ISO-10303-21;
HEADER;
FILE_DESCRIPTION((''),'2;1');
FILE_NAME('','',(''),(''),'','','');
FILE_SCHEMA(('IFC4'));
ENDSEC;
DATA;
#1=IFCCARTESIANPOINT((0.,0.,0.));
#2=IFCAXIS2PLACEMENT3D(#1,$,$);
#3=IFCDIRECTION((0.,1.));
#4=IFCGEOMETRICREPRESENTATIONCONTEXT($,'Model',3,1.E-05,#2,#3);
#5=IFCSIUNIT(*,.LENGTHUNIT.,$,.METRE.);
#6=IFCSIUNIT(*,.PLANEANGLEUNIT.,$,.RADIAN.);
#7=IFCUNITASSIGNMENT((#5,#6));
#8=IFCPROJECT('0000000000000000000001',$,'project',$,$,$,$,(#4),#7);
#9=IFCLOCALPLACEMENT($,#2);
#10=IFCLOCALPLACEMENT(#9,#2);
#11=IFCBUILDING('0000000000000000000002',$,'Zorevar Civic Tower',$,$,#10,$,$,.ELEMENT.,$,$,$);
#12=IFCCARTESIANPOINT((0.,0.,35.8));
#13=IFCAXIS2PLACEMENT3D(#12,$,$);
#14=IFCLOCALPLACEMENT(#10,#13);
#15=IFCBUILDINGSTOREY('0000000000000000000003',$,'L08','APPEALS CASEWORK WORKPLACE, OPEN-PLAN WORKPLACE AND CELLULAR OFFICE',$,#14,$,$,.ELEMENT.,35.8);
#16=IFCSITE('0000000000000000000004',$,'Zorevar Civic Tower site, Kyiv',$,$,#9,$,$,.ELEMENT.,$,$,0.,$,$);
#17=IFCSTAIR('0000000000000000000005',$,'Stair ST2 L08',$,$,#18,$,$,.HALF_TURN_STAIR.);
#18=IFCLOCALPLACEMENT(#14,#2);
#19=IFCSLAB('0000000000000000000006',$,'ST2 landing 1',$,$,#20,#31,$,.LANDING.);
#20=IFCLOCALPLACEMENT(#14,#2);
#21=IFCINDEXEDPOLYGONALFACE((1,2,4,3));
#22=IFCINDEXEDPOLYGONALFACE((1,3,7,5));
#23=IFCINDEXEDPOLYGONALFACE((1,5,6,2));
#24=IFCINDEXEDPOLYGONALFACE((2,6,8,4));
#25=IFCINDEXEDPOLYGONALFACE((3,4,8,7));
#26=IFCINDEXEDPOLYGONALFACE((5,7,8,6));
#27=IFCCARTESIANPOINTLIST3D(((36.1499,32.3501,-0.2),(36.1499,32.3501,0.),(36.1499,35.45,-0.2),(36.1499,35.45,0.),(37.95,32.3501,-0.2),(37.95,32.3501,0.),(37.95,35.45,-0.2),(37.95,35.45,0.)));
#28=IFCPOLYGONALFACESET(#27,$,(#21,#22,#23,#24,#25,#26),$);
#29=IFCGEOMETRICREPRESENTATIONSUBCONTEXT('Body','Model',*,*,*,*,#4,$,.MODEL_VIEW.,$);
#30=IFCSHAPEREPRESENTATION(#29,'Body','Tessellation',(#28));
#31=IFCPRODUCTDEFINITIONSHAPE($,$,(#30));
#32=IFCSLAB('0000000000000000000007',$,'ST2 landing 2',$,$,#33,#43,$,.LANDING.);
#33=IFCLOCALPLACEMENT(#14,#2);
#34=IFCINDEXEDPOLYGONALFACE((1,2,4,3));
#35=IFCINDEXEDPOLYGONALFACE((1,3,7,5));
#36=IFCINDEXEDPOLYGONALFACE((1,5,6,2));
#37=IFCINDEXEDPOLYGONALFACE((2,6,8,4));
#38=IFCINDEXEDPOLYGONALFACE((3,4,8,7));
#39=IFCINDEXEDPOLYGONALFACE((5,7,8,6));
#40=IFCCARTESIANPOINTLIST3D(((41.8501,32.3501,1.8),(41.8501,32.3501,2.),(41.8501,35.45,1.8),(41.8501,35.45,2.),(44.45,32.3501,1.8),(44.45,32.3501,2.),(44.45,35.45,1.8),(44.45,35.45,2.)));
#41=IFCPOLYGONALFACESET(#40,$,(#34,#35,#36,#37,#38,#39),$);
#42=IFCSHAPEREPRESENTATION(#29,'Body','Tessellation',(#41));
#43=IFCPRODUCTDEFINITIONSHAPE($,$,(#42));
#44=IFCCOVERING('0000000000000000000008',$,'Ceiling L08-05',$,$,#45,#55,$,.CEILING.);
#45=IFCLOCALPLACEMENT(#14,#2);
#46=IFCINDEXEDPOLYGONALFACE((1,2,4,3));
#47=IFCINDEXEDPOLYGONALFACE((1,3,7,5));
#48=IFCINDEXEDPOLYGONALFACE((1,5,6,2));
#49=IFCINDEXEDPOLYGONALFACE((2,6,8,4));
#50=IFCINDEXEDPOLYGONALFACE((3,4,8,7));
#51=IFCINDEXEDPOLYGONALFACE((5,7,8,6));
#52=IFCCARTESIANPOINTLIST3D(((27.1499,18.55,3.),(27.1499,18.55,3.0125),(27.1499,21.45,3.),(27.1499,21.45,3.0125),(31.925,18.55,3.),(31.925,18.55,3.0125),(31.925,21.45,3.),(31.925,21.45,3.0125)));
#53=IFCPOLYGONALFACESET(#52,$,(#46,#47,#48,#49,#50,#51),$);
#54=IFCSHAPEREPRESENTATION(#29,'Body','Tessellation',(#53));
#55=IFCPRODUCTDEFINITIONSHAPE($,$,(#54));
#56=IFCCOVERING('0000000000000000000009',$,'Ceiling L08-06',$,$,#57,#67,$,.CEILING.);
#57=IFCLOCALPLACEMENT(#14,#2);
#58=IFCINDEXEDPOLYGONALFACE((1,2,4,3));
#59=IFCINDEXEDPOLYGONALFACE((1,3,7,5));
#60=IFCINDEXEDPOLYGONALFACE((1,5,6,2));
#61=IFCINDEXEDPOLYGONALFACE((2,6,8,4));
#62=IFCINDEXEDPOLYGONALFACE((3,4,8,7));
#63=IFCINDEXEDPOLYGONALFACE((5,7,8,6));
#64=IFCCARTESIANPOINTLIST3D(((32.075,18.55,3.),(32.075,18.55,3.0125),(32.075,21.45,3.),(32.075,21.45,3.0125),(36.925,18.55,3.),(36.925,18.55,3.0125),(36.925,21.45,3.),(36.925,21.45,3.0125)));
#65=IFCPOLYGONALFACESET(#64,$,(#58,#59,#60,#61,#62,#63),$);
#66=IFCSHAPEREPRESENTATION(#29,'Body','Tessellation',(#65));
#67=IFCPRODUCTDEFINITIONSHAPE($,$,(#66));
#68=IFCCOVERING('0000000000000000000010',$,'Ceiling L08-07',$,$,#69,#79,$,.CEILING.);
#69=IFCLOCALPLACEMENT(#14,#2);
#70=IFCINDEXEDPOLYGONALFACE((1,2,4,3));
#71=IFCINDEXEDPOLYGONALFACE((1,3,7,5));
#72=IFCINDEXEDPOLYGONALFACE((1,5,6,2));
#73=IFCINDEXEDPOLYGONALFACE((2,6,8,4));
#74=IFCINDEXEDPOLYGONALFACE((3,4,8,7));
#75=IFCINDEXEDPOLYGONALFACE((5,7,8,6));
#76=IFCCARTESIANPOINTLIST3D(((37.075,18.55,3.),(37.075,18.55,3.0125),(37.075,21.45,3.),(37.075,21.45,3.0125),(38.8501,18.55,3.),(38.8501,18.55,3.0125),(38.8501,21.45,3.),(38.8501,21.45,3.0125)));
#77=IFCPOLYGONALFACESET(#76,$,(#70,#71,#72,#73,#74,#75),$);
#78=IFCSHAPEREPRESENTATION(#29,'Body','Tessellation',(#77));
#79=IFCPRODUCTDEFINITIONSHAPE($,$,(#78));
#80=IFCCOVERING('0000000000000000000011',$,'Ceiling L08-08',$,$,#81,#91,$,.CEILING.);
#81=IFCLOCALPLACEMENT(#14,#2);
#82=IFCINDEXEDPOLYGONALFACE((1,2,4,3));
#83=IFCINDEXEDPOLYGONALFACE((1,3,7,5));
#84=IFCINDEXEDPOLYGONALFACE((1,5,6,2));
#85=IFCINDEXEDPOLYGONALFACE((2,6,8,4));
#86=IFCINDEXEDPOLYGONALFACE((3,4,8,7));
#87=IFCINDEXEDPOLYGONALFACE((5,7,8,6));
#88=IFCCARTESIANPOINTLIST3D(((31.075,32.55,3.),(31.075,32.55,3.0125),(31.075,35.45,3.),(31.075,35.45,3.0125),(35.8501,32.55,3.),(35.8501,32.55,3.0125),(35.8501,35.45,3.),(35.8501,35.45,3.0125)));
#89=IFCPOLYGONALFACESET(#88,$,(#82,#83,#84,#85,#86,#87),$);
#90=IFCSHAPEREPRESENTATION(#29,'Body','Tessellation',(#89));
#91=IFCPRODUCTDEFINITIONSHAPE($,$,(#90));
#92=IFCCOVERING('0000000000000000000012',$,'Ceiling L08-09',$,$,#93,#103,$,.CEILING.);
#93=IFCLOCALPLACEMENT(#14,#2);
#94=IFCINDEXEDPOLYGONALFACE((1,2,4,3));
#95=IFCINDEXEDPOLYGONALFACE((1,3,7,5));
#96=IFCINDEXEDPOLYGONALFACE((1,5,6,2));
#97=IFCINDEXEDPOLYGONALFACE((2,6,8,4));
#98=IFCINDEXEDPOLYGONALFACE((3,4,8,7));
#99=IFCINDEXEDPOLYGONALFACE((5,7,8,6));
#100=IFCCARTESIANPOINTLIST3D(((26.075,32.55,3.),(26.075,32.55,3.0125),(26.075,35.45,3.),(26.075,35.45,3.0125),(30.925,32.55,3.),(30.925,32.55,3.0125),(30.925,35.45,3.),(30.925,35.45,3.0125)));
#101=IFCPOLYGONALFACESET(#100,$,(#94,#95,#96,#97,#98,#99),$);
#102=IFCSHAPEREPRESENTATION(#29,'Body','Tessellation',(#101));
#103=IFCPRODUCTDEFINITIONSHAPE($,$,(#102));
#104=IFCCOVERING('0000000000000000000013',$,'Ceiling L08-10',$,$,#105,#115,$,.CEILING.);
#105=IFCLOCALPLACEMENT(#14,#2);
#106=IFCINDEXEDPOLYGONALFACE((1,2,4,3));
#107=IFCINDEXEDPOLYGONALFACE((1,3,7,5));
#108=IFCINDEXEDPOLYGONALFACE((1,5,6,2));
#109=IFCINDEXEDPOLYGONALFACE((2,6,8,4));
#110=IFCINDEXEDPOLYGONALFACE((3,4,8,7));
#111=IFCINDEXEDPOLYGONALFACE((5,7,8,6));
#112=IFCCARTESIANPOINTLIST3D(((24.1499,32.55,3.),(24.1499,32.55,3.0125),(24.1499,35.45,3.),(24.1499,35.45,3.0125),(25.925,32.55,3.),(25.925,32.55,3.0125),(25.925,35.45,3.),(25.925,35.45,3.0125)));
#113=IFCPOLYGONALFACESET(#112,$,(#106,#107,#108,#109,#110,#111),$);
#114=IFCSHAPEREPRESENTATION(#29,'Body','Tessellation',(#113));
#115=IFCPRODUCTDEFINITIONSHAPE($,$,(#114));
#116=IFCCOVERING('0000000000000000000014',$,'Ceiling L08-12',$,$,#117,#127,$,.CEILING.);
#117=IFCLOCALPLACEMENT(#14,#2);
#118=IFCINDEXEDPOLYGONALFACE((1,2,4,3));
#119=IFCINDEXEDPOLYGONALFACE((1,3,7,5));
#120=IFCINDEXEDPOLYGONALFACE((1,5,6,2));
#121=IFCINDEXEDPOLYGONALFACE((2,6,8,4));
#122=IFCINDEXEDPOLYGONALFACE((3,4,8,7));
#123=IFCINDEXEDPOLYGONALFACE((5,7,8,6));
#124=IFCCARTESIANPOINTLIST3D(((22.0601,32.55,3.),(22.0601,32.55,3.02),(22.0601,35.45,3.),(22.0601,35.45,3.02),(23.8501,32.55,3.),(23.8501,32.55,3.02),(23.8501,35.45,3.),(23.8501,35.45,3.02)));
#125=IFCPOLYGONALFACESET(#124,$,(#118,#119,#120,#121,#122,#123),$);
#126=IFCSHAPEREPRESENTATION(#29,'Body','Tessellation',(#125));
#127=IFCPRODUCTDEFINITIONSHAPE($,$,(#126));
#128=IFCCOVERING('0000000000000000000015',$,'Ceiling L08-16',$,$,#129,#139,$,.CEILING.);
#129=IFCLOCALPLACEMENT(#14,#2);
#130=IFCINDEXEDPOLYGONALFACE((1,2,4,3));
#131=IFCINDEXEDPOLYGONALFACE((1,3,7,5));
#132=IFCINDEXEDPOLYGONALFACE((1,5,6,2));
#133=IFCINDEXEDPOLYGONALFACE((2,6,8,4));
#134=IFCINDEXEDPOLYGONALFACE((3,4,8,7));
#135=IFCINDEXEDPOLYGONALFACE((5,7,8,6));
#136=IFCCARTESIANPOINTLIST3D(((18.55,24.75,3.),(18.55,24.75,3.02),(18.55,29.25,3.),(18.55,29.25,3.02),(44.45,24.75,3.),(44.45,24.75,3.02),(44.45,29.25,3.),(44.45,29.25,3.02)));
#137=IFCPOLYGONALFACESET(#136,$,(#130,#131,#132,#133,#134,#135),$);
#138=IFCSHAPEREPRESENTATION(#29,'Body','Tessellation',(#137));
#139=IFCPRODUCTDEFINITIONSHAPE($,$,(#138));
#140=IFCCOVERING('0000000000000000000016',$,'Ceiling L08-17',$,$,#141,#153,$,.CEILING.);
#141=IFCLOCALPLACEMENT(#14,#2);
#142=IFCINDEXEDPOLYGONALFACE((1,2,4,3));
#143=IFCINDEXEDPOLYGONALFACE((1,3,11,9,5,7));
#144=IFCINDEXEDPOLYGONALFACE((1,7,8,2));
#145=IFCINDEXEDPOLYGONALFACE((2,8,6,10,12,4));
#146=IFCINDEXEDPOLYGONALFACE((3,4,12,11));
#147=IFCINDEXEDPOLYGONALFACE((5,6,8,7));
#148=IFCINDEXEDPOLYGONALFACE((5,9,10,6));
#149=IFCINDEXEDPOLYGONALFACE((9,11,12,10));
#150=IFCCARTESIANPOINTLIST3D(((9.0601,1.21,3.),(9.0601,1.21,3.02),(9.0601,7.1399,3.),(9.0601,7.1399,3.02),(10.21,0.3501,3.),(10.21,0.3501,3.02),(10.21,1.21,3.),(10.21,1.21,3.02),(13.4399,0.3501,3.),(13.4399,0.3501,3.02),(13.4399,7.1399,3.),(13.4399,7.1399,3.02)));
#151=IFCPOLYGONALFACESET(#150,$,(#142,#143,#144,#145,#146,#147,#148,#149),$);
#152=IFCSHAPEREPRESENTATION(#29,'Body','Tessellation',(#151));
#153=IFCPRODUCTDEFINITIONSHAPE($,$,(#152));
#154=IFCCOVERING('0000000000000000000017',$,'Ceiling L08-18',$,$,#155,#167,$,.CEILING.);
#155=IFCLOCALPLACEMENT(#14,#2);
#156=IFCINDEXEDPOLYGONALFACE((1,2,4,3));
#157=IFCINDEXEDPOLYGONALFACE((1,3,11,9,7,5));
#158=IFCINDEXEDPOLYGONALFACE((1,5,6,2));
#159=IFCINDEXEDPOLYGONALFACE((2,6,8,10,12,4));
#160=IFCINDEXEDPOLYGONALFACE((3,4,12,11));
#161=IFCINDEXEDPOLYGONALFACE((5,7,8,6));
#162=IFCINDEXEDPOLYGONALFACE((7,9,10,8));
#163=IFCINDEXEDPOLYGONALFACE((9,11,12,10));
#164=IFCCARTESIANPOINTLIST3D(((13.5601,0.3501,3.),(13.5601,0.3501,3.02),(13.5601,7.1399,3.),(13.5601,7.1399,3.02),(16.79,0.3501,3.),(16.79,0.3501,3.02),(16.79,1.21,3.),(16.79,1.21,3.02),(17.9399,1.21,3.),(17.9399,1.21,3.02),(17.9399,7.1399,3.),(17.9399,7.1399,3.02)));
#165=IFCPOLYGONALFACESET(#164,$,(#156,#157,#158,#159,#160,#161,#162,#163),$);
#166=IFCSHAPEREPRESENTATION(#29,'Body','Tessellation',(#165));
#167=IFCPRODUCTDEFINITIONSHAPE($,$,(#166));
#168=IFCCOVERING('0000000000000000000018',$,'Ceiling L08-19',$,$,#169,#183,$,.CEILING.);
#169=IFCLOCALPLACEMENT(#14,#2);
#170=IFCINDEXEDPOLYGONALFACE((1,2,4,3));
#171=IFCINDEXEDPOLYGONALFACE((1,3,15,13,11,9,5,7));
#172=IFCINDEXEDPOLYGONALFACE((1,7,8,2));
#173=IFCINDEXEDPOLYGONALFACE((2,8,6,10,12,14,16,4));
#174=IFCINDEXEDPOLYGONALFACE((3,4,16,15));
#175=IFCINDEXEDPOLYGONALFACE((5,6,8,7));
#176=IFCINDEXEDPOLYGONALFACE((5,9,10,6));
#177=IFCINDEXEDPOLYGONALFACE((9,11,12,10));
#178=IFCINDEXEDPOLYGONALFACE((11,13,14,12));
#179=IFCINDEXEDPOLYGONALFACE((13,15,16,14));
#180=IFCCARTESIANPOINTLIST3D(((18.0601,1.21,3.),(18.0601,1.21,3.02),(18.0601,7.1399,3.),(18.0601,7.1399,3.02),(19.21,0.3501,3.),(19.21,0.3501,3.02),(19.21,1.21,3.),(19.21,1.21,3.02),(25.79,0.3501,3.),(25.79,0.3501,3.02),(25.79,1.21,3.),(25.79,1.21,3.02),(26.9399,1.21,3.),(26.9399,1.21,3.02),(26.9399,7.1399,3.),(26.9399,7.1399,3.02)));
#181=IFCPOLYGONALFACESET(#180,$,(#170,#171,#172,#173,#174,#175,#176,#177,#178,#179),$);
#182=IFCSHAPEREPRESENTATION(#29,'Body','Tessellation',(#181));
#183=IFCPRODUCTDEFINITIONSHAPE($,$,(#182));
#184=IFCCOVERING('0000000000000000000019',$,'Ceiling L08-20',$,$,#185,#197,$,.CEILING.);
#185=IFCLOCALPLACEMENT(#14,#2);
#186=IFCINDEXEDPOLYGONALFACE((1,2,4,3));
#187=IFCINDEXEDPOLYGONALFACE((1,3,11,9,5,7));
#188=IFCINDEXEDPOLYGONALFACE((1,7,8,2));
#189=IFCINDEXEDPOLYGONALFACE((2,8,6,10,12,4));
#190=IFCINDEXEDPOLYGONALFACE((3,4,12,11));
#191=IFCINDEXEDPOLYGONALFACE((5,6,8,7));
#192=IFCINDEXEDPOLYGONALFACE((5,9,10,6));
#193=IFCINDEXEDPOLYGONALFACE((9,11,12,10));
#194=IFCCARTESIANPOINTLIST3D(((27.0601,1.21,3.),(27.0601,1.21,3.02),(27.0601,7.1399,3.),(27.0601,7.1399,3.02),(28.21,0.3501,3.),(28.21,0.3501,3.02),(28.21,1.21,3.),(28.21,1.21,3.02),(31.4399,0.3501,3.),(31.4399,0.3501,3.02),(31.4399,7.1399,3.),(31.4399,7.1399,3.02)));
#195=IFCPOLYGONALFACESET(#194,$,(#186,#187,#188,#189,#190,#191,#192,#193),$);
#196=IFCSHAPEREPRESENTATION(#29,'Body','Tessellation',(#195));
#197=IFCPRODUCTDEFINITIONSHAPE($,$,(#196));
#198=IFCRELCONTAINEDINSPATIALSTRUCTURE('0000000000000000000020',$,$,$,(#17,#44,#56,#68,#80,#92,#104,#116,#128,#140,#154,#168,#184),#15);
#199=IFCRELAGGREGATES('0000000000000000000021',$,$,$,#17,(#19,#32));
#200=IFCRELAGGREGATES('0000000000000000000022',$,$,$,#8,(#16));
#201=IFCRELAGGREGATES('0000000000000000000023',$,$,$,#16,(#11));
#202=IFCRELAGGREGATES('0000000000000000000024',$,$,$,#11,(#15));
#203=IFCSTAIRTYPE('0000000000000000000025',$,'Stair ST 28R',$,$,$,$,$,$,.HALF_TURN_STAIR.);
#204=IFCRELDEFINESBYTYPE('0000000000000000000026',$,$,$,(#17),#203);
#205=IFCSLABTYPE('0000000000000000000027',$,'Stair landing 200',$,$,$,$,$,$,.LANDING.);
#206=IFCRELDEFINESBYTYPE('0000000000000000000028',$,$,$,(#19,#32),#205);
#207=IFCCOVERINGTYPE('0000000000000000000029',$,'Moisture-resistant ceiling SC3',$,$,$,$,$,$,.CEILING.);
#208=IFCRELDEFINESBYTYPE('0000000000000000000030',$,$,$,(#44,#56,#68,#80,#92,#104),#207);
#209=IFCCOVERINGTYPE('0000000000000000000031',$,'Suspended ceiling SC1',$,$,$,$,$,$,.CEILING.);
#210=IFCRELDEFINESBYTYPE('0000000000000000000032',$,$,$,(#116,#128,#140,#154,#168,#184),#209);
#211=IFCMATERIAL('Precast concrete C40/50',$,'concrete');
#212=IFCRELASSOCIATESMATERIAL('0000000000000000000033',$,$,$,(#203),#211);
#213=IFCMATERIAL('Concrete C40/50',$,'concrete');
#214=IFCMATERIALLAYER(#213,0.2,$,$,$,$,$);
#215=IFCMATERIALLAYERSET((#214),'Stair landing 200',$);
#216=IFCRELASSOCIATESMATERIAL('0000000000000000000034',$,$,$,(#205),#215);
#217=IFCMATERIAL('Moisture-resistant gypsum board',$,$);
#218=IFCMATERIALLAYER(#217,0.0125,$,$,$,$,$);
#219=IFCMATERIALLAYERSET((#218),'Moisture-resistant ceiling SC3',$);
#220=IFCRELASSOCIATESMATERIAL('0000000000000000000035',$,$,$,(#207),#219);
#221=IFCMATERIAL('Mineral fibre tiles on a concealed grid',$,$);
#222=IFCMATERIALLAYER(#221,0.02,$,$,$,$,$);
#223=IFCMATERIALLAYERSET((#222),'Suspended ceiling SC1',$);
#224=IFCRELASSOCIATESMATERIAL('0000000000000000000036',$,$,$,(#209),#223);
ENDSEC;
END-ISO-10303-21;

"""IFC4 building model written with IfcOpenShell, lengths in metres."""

from ifc_helpers import new_model, si_unit, direction, frame, origin, place, context, subcontext, project, spatial, polyline, outline, extrude, material, layer, layer_set, type_object, element, aggregate, save


model = new_model("IFC4")

# Units and contexts
model_context = context("Model", 3, precision=1e-05, world=origin(), true_north=direction((0.0, 1.0)))
body_context = subcontext(model_context, "Body", "Model", "MODEL_VIEW")
ifc_project = project(units=[si_unit("LENGTHUNIT", "METRE"), si_unit("PLANEANGLEUNIT", "RADIAN")], contexts=[model_context])

# Site, building, storey
site_placement = place(None, origin())
site = spatial("IfcSite", under=ifc_project, at=site_placement, Name="Zorevar Civic Tower site, Kyiv", CompositionType="ELEMENT", RefElevation=0.0)
building_placement = place(site_placement, origin())
building = spatial("IfcBuilding", under=site, at=building_placement, Name="Zorevar Civic Tower", CompositionType="ELEMENT")
storey_placement = place(building_placement, frame((0.0, 0.0, 35.8)))
storey = spatial("IfcBuildingStorey", under=building, at=storey_placement, Name="L08", Description="APPEALS CASEWORK WORKPLACE, OPEN-PLAN WORKPLACE AND CELLULAR OFFICE", CompositionType="ELEMENT", Elevation=35.8)

# Stair, slabs
ifc_material_1 = material(Name="Precast concrete C40/50", Category="concrete")
stair_type = type_object("IfcStairType", Name="Stair ST 28R", PredefinedType="HALF_TURN_STAIR", material=ifc_material_1)
ifc_material_2 = material(Name="Concrete C40/50", Category="concrete")
ifc_layer_1 = layer(ifc_material_2, 0.2)
ifc_layer_set_1 = layer_set([ifc_layer_1], Name="Stair landing 200")
slab_type_1 = type_object("IfcSlabType", Name="Stair landing 200", PredefinedType="LANDING", material=ifc_layer_set_1)
stair_1_placement = place(storey_placement, origin())
stair_1 = element("IfcStair", 1, at=stair_1_placement, inside=storey, type_object=stair_type, Name="Stair ST2 L08", PredefinedType="HALF_TURN_STAIR")
slab_1_placement = place(storey_placement, frame((0.0, 0.0, -0.2)))
slab_1 = element("IfcSlab", 2, at=slab_1_placement, type_object=slab_type_1, Name="ST2 landing 1", PredefinedType="LANDING", context=body_context, shape_type="SweptSolid", body=[
    extrude(outline(polyline([(37.95, 32.3501), (36.1499, 32.3501), (36.1499, 35.45), (37.95, 35.45), (37.95, 32.3501)])), origin(), (0.0, 0.0, 1.0), 0.2),
])
slab_2_placement = place(storey_placement, frame((0.0, 0.0, 1.8)))
slab_2 = element("IfcSlab", 3, at=slab_2_placement, type_object=slab_type_1, Name="ST2 landing 2", PredefinedType="LANDING", context=body_context, shape_type="SweptSolid", body=[
    extrude(outline(polyline([(44.45, 32.3501), (41.8501, 32.3501), (41.8501, 35.45), (44.45, 35.45), (44.45, 32.3501)])), origin(), (0.0, 0.0, 1.0), 0.2),
])
aggregate(stair_1, [slab_1, slab_2])

# Coverings
ifc_material_3 = material(Name="Moisture-resistant gypsum board")
ifc_layer_2 = layer(ifc_material_3, 0.0125)
ifc_layer_set_2 = layer_set([ifc_layer_2], Name="Moisture-resistant ceiling SC3")
covering_type_1 = type_object("IfcCoveringType", Name="Moisture-resistant ceiling SC3", PredefinedType="CEILING", material=ifc_layer_set_2)
covering_1_placement = place(storey_placement, frame((0.0, 0.0, 3.0)))
element("IfcCovering", 4, at=covering_1_placement, inside=storey, type_object=covering_type_1, Name="Ceiling L08-05", PredefinedType="CEILING", context=body_context, shape_type="SweptSolid", body=[
    extrude(outline(polyline([(31.925, 18.55), (31.925, 21.45), (27.1499, 21.45), (27.1499, 18.55), (31.925, 18.55)])), origin(), (0.0, 0.0, 1.0), 0.0125),
])
covering_2_placement = place(storey_placement, frame((0.0, 0.0, 3.0)))
element("IfcCovering", 5, at=covering_2_placement, inside=storey, type_object=covering_type_1, Name="Ceiling L08-06", PredefinedType="CEILING", context=body_context, shape_type="SweptSolid", body=[
    extrude(outline(polyline([(36.925, 18.55), (36.925, 21.45), (32.075, 21.45), (32.075, 18.55), (36.925, 18.55)])), origin(), (0.0, 0.0, 1.0), 0.0125),
])
covering_3_placement = place(storey_placement, frame((0.0, 0.0, 3.0)))
element("IfcCovering", 6, at=covering_3_placement, inside=storey, type_object=covering_type_1, Name="Ceiling L08-07", PredefinedType="CEILING", context=body_context, shape_type="SweptSolid", body=[
    extrude(outline(polyline([(38.8501, 18.55), (38.8501, 21.45), (37.075, 21.45), (37.075, 18.55), (38.8501, 18.55)])), origin(), (0.0, 0.0, 1.0), 0.0125),
])
covering_4_placement = place(storey_placement, frame((0.0, 0.0, 3.0)))
element("IfcCovering", 7, at=covering_4_placement, inside=storey, type_object=covering_type_1, Name="Ceiling L08-08", PredefinedType="CEILING", context=body_context, shape_type="SweptSolid", body=[
    extrude(outline(polyline([(35.8501, 32.55), (35.8501, 35.45), (31.075, 35.45), (31.075, 32.55), (35.8501, 32.55)])), origin(), (0.0, 0.0, 1.0), 0.0125),
])
covering_5_placement = place(storey_placement, frame((0.0, 0.0, 3.0)))
element("IfcCovering", 8, at=covering_5_placement, inside=storey, type_object=covering_type_1, Name="Ceiling L08-09", PredefinedType="CEILING", context=body_context, shape_type="SweptSolid", body=[
    extrude(outline(polyline([(30.925, 32.55), (30.925, 35.45), (26.075, 35.45), (26.075, 32.55), (30.925, 32.55)])), origin(), (0.0, 0.0, 1.0), 0.0125),
])
covering_6_placement = place(storey_placement, frame((0.0, 0.0, 3.0)))
element("IfcCovering", 9, at=covering_6_placement, inside=storey, type_object=covering_type_1, Name="Ceiling L08-10", PredefinedType="CEILING", context=body_context, shape_type="SweptSolid", body=[
    extrude(outline(polyline([(25.925, 32.55), (25.925, 35.45), (24.1499, 35.45), (24.1499, 32.55), (25.925, 32.55)])), origin(), (0.0, 0.0, 1.0), 0.0125),
])
ifc_material_4 = material(Name="Mineral fibre tiles on a concealed grid")
ifc_layer_3 = layer(ifc_material_4, 0.02)
ifc_layer_set_3 = layer_set([ifc_layer_3], Name="Suspended ceiling SC1")
covering_type_2 = type_object("IfcCoveringType", Name="Suspended ceiling SC1", PredefinedType="CEILING", material=ifc_layer_set_3)
covering_7_placement = place(storey_placement, frame((0.0, 0.0, 3.0)))
element("IfcCovering", 10, at=covering_7_placement, inside=storey, type_object=covering_type_2, Name="Ceiling L08-12", PredefinedType="CEILING", context=body_context, shape_type="SweptSolid", body=[
    extrude(outline(polyline([(23.8501, 32.55), (23.8501, 35.45), (22.0601, 35.45), (22.0601, 32.55), (23.8501, 32.55)])), origin(), (0.0, 0.0, 1.0), 0.02),
])
covering_8_placement = place(storey_placement, frame((0.0, 0.0, 3.0)))
element("IfcCovering", 11, at=covering_8_placement, inside=storey, type_object=covering_type_2, Name="Ceiling L08-16", PredefinedType="CEILING", context=body_context, shape_type="SweptSolid", body=[
    extrude(outline(polyline([(44.45, 24.75), (44.45, 29.25), (18.55, 29.25), (18.55, 24.75), (44.45, 24.75)])), origin(), (0.0, 0.0, 1.0), 0.02),
])
covering_9_placement = place(storey_placement, frame((0.0, 0.0, 3.0)))
element("IfcCovering", 12, at=covering_9_placement, inside=storey, type_object=covering_type_2, Name="Ceiling L08-17", PredefinedType="CEILING", context=body_context, shape_type="SweptSolid", body=[
    extrude(outline(polyline([(13.4399, 7.1399), (13.4399, 0.3501), (10.21, 0.3501), (10.21, 1.21), (9.0601, 1.21), (9.0601, 7.1399), (13.4399, 7.1399)])), origin(), (0.0, 0.0, 1.0), 0.02),
])
covering_10_placement = place(storey_placement, frame((0.0, 0.0, 3.0)))
element("IfcCovering", 13, at=covering_10_placement, inside=storey, type_object=covering_type_2, Name="Ceiling L08-18", PredefinedType="CEILING", context=body_context, shape_type="SweptSolid", body=[
    extrude(outline(polyline([(17.9399, 7.1399), (17.9399, 1.21), (16.79, 1.21), (16.79, 0.3501), (13.5601, 0.3501), (13.5601, 7.1399), (17.9399, 7.1399)])), origin(), (0.0, 0.0, 1.0), 0.02),
])
covering_11_placement = place(storey_placement, frame((0.0, 0.0, 3.0)))
element("IfcCovering", 14, at=covering_11_placement, inside=storey, type_object=covering_type_2, Name="Ceiling L08-19", PredefinedType="CEILING", context=body_context, shape_type="SweptSolid", body=[
    extrude(outline(polyline([(19.21, 0.3501), (19.21, 1.21), (18.0601, 1.21), (18.0601, 7.1399), (26.9399, 7.1399), (26.9399, 1.21), (25.79, 1.21), (25.79, 0.3501), (19.21, 0.3501)])), origin(), (0.0, 0.0, 1.0), 0.02),
])
covering_12_placement = place(storey_placement, frame((0.0, 0.0, 3.0)))
element("IfcCovering", 15, at=covering_12_placement, inside=storey, type_object=covering_type_2, Name="Ceiling L08-20", PredefinedType="CEILING", context=body_context, shape_type="SweptSolid", body=[
    extrude(outline(polyline([(31.4399, 7.1399), (31.4399, 0.3501), (28.21, 0.3501), (28.21, 1.21), (27.0601, 1.21), (27.0601, 7.1399), (31.4399, 7.1399)])), origin(), (0.0, 0.0, 1.0), 0.02),
])

save(model, "model.ifc")
